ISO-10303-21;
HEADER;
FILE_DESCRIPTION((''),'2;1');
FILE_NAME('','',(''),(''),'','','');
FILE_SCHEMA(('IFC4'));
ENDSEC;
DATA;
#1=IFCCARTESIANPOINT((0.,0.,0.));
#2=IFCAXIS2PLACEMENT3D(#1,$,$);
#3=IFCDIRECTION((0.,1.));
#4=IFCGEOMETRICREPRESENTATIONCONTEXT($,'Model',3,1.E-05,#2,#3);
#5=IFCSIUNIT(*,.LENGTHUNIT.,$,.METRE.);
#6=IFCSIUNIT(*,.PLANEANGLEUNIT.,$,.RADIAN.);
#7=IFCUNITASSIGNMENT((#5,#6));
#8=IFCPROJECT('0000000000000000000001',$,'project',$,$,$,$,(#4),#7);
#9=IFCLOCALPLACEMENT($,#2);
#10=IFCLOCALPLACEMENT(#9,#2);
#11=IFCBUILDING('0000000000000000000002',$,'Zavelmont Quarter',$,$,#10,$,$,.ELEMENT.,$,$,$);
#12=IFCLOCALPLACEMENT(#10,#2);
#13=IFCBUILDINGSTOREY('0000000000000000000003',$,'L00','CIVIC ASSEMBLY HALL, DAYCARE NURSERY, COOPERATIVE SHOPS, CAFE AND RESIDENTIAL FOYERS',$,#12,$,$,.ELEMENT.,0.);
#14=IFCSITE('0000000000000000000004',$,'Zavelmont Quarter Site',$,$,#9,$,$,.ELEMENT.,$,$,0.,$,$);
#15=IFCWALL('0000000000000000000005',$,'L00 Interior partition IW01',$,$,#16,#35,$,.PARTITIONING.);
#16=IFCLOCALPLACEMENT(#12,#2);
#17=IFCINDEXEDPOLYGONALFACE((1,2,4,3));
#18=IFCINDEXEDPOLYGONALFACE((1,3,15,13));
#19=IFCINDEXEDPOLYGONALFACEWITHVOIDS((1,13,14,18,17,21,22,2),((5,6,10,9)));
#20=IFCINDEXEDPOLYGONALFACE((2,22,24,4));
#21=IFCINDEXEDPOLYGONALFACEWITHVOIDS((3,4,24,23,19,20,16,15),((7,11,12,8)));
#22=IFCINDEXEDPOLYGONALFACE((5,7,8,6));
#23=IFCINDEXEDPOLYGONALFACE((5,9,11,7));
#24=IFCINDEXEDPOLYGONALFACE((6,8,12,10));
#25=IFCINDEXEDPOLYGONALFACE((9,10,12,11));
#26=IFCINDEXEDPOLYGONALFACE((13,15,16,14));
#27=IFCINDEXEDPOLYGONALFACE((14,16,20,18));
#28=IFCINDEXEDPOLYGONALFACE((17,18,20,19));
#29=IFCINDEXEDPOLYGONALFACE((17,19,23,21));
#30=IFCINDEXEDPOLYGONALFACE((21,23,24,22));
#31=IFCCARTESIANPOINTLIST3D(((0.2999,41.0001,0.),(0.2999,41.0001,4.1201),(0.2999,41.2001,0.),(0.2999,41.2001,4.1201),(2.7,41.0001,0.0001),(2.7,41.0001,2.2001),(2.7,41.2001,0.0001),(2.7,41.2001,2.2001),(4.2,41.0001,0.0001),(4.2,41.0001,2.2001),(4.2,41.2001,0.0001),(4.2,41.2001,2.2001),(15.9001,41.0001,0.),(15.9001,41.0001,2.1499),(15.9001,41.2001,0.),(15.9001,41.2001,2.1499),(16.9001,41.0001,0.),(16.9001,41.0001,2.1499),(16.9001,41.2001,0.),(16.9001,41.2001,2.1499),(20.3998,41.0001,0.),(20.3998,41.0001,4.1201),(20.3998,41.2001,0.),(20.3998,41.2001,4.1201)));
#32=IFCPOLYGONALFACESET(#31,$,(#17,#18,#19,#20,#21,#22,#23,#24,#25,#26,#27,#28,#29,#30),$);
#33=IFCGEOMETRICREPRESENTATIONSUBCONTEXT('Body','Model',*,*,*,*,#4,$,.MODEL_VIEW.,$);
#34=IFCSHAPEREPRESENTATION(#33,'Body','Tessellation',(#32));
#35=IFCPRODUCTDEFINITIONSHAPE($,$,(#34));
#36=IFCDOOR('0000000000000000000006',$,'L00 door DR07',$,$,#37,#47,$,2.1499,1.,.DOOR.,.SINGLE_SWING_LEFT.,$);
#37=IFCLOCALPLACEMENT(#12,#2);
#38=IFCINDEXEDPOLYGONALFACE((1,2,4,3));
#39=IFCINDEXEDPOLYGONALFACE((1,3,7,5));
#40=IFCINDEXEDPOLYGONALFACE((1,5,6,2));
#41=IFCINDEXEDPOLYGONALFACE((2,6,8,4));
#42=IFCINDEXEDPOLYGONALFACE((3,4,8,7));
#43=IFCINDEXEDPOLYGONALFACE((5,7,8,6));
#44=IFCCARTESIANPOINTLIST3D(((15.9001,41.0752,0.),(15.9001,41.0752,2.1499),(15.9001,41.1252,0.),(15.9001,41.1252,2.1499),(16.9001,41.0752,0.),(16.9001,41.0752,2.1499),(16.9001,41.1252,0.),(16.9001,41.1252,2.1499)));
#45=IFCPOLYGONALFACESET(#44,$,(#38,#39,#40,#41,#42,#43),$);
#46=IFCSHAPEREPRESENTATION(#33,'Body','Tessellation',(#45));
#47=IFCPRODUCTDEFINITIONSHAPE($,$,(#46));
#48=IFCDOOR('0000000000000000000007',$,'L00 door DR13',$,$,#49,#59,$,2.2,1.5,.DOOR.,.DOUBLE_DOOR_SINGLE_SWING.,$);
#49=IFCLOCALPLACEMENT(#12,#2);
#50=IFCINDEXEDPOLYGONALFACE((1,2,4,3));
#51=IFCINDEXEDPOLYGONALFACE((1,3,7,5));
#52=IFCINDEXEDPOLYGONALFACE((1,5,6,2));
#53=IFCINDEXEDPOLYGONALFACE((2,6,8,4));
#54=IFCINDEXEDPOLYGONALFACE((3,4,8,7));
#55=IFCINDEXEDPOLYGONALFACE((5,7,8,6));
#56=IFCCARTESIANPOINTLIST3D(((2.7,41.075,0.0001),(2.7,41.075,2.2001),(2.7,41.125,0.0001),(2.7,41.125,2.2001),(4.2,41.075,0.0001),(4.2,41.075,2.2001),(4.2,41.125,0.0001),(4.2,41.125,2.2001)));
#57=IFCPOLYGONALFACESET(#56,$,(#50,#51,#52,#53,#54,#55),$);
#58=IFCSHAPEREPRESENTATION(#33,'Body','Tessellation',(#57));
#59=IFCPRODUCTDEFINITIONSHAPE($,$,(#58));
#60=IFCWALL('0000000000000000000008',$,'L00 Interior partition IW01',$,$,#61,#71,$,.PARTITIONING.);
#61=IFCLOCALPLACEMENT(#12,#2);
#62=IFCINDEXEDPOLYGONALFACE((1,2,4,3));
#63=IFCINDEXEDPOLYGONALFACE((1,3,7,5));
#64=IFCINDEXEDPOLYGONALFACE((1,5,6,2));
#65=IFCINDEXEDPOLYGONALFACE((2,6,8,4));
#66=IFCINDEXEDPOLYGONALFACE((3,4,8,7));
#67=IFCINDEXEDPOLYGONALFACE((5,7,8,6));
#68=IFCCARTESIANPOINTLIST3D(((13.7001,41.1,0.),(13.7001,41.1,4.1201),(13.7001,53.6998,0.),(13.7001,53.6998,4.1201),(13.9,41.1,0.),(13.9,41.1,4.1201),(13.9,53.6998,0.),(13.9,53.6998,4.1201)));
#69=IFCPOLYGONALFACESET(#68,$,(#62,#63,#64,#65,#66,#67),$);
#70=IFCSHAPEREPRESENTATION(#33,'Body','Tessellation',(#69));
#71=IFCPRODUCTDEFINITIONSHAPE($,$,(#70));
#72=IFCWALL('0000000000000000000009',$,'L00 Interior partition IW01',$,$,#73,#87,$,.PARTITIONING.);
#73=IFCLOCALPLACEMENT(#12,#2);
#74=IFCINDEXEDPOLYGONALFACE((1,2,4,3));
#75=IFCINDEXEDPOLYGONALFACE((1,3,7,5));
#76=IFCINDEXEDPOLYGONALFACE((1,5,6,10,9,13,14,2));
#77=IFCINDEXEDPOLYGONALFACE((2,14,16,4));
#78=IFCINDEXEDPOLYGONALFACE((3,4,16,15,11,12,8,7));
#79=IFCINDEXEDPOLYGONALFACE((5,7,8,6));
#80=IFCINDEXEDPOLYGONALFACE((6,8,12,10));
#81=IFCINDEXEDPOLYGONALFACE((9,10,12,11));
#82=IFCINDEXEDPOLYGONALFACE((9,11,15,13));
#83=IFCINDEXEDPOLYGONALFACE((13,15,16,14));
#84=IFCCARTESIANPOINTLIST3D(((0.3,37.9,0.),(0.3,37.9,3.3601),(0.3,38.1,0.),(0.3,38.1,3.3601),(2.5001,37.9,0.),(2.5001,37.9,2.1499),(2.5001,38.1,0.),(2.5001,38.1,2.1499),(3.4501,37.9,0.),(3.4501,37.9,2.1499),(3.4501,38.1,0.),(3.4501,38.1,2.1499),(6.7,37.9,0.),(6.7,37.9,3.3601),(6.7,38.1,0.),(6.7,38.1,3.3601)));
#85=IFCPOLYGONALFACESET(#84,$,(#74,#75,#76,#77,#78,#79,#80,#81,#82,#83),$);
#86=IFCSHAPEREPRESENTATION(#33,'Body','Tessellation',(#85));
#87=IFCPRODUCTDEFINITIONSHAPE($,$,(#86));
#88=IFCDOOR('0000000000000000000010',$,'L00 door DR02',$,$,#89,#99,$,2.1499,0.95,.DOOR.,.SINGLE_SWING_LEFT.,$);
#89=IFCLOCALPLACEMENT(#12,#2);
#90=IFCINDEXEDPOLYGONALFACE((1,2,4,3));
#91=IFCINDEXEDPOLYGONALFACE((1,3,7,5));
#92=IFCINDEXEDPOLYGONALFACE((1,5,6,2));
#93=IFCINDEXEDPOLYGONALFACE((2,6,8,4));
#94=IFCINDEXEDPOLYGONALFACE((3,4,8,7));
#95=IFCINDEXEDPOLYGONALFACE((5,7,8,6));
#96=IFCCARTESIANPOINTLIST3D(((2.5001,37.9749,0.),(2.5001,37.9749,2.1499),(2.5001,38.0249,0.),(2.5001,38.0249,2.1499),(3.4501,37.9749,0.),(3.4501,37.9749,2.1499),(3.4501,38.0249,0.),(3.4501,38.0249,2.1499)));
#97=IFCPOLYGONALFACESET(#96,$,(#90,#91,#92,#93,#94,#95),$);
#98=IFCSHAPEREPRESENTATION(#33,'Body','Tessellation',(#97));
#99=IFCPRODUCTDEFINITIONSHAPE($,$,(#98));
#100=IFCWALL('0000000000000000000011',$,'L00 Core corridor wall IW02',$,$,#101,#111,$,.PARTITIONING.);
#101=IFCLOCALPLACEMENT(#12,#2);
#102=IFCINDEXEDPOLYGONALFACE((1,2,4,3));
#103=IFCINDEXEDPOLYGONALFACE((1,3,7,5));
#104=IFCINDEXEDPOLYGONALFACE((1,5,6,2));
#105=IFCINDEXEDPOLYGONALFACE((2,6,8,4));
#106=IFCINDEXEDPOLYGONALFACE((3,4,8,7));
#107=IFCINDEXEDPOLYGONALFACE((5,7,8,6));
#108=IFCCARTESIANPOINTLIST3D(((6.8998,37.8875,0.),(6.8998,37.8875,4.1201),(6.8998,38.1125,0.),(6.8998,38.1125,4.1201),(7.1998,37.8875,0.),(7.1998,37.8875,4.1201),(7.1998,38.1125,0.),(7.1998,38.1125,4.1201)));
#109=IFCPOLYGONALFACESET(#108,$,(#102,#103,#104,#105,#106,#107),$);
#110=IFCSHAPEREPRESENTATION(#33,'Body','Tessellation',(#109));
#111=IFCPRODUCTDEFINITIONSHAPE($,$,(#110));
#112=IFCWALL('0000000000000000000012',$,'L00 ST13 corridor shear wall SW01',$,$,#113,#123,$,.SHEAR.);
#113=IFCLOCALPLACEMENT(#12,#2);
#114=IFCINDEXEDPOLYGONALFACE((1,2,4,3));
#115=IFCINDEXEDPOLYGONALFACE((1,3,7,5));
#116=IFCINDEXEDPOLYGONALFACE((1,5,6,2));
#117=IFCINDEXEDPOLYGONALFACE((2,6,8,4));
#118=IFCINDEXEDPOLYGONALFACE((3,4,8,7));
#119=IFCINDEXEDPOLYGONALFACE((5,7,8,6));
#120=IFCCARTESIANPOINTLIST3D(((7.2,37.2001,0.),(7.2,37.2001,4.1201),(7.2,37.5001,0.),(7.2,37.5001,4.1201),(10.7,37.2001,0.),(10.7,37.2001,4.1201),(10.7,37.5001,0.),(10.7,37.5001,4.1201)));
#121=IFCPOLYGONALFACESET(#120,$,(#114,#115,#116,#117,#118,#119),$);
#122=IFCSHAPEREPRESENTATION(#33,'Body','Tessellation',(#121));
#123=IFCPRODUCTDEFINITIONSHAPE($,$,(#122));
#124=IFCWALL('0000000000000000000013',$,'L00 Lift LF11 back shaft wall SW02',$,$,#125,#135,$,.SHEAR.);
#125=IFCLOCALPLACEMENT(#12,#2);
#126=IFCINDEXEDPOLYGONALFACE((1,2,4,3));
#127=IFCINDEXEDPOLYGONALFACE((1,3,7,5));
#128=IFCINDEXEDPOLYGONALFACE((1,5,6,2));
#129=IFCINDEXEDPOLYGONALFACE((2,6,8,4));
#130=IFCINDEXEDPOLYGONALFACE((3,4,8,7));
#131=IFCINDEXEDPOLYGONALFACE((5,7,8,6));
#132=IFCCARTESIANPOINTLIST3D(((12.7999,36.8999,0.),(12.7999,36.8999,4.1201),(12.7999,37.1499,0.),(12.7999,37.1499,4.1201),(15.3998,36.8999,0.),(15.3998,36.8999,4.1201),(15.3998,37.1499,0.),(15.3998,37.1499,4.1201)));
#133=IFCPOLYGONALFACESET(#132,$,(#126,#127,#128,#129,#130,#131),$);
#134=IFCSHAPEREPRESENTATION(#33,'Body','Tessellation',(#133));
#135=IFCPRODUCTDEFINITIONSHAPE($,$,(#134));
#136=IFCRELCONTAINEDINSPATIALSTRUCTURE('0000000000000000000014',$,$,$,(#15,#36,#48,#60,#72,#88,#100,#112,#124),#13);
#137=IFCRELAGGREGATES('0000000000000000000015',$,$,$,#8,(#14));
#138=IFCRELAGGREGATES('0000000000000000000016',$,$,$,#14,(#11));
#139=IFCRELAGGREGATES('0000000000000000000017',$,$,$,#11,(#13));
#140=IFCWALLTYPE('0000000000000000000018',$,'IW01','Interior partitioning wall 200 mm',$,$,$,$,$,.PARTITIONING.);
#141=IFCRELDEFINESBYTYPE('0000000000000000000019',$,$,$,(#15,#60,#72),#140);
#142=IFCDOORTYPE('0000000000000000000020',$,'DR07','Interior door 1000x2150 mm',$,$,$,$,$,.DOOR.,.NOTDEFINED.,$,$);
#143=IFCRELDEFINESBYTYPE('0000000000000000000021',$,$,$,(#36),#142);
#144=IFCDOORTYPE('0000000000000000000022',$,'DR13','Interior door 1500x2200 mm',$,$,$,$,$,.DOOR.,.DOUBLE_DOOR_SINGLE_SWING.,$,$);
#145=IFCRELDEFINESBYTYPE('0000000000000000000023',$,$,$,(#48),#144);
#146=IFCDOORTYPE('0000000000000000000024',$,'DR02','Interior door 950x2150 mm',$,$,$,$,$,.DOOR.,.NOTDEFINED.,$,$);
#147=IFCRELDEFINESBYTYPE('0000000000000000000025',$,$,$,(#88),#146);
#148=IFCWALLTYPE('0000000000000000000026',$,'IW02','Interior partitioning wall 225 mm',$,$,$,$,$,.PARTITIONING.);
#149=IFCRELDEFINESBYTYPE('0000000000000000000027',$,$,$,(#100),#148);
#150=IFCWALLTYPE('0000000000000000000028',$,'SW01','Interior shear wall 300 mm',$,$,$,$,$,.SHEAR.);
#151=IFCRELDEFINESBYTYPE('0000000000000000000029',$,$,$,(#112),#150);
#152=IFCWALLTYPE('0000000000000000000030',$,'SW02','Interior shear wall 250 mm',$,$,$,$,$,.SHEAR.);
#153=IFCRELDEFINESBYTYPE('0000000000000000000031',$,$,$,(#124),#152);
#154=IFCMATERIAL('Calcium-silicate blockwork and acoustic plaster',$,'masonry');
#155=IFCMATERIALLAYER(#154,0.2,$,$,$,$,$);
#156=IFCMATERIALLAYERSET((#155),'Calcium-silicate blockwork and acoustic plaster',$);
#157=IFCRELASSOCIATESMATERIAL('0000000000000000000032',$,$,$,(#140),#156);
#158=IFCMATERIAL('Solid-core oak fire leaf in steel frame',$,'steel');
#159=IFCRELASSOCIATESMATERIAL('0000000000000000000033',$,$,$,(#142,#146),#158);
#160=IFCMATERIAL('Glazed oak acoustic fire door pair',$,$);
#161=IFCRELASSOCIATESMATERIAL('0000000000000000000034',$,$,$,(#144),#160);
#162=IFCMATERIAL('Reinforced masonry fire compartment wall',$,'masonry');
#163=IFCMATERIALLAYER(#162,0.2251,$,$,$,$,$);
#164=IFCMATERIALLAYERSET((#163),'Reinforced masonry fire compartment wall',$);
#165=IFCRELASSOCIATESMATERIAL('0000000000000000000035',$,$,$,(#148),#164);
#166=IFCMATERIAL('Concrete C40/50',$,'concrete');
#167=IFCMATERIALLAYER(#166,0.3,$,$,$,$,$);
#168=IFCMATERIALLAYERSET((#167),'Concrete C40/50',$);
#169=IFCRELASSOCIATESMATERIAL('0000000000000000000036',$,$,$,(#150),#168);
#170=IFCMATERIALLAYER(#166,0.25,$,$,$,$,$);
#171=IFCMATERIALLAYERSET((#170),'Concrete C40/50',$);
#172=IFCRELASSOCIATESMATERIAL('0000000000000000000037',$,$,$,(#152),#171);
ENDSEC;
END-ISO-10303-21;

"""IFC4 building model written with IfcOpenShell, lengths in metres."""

from ifc_helpers import new_model, si_unit, direction, frame, frame_2d, origin, origin_with_axes, place, context, subcontext, project, spatial, rectangle, extrude, material, layer, layer_set, type_object, element, fill, save


model = new_model("IFC4")

# Units and contexts
model_context = context("Model", 3, precision=1e-05, world=origin(), true_north=direction((0.0, 1.0)))
body_context = subcontext(model_context, "Body", "Model", "MODEL_VIEW")
ifc_project = project(units=[si_unit("LENGTHUNIT", "METRE"), si_unit("PLANEANGLEUNIT", "RADIAN")], contexts=[model_context])

# Site, building, storey
site_placement = place(None, origin())
site = spatial("IfcSite", under=ifc_project, at=site_placement, Name="Zavelmont Quarter Site", CompositionType="ELEMENT", RefElevation=0.0)
building_placement = place(site_placement, origin())
building = spatial("IfcBuilding", under=site, at=building_placement, Name="Zavelmont Quarter", CompositionType="ELEMENT")
storey_placement = place(building_placement, origin())
storey = spatial("IfcBuildingStorey", under=building, at=storey_placement, Name="L00", Description="CIVIC ASSEMBLY HALL, DAYCARE NURSERY, COOPERATIVE SHOPS, CAFE AND RESIDENTIAL FOYERS", CompositionType="ELEMENT", Elevation=0.0)

# Shared definitions
ifc_material_1 = material(Name="Concrete C40/50", Category="concrete")

# Wall, openings, doors
ifc_material_2 = material(Name="Calcium-silicate blockwork and acoustic plaster", Category="masonry")
ifc_layer_1 = layer(ifc_material_2, 0.2)
ifc_layer_set_1 = layer_set([ifc_layer_1], Name="Calcium-silicate blockwork and acoustic plaster")
wall_type_1 = type_object("IfcWallType", Name="IW01", Description="Interior partitioning wall 200 mm", PredefinedType="PARTITIONING", material=ifc_layer_set_1)
wall_1_placement = place(storey_placement, frame((0.3, 41.1001, 0.0), z_axis=(0.0, 0.0, 1.0), x_axis=(1.0, 0.0, 0.0)))
wall_1 = element("IfcWall", 1, at=wall_1_placement, inside=storey, type_object=wall_type_1, Name="L00 Interior partition IW01", PredefinedType="PARTITIONING", context=body_context, shape_type="SweptSolid", body=[
    extrude(rectangle(XDim=20.0999, YDim=0.2, at=frame_2d((10.0498, 0.0))), origin(), (0.0, 0.0, 1.0), 4.1201),
])
opening_1_placement = place(wall_1_placement, frame((2.3999, 0.0, 0.0)))
opening_1 = element("IfcOpeningElement", 2, at=opening_1_placement, cuts=wall_1, PredefinedType="OPENING", context=body_context, shape_type="SweptSolid", body=[
    extrude(rectangle(XDim=1.5, YDim=2.2, at=frame_2d((0.75, 1.1001))), frame((0.0, 0.1118, 0.0), z_axis=(0.0, -1.0, 0.0), x_axis=(1.0, 0.0, 0.0)), (0.0, 0.0, 1.0), 0.2239),
])
opening_2_placement = place(wall_1_placement, frame((15.6001, 0.0, 0.0)))
opening_2 = element("IfcOpeningElement", 3, at=opening_2_placement, cuts=wall_1, PredefinedType="OPENING", context=body_context, shape_type="SweptSolid", body=[
    extrude(rectangle(XDim=1.0, YDim=2.1499, at=frame_2d((0.5, 1.075))), frame((0.0, 0.1118, 0.0), z_axis=(0.0, -1.0, 0.0), x_axis=(1.0, 0.0, 0.0)), (0.0, 0.0, 1.0), 0.2239),
])
ifc_material_3 = material(Name="Solid-core oak fire leaf in steel frame", Category="steel")
door_type_1 = type_object("IfcDoorType", Name="DR07", Description="Interior door 1000x2150 mm", OperationType="NOTDEFINED", PredefinedType="DOOR", material=ifc_material_3)
door_1_placement = place(opening_2_placement, frame((1.0, 0.0, 0.0), z_axis=(0.0, 0.0, 1.0), x_axis=(-1.0, 0.0, 0.0)))
door_1 = element("IfcDoor", 4, at=door_1_placement, inside=storey, type_object=door_type_1, Name="L00 door DR07", OperationType="SINGLE_SWING_LEFT", OverallHeight=2.1499, OverallWidth=1.0, PredefinedType="DOOR", context=body_context, shape_type="SweptSolid", body=[
    extrude(rectangle(XDim=1.0, YDim=2.1499, at=frame_2d((0.5, 1.075))), frame((0.0, 0.0249, 0.0), z_axis=(0.0, -1.0, 0.0), x_axis=(1.0, 0.0, 0.0)), (0.0, 0.0, 1.0), 0.05),
])
fill(opening_2, door_1)
ifc_material_4 = material(Name="Glazed oak acoustic fire door pair")
door_type_2 = type_object("IfcDoorType", Name="DR13", Description="Interior door 1500x2200 mm", OperationType="DOUBLE_DOOR_SINGLE_SWING", PredefinedType="DOOR", material=ifc_material_4)
door_2_placement = place(opening_1_placement, origin_with_axes())
door_2 = element("IfcDoor", 5, at=door_2_placement, inside=storey, type_object=door_type_2, Name="L00 door DR13", OperationType="DOUBLE_DOOR_SINGLE_SWING", OverallHeight=2.2, OverallWidth=1.5, PredefinedType="DOOR", context=body_context, shape_type="SweptSolid", body=[
    extrude(rectangle(XDim=1.5, YDim=2.2, at=frame_2d((0.75, 1.1001))), frame((0.0, 0.0249, 0.0), z_axis=(0.0, -1.0, 0.0), x_axis=(1.0, 0.0, 0.0)), (0.0, 0.0, 1.0), 0.05),
])
fill(opening_1, door_2)

# Wall
wall_2_placement = place(storey_placement, frame((13.8, 41.1001, 0.0), z_axis=(0.0, 0.0, 1.0), x_axis=(0.0, 1.0, 0.0)))
element("IfcWall", 6, at=wall_2_placement, inside=storey, type_object=wall_type_1, Name="L00 Interior partition IW01", PredefinedType="PARTITIONING", context=body_context, shape_type="SweptSolid", body=[
    extrude(rectangle(XDim=12.5999, YDim=0.2, at=frame_2d((6.2998, 0.0))), origin(), (0.0, 0.0, 1.0), 4.1201),
])

# Wall, opening, door
wall_3_placement = place(storey_placement, frame((0.3, 38.0, 0.0), z_axis=(0.0, 0.0, 1.0), x_axis=(1.0, 0.0, 0.0)))
wall_3 = element("IfcWall", 7, at=wall_3_placement, inside=storey, type_object=wall_type_1, Name="L00 Interior partition IW01", PredefinedType="PARTITIONING", context=body_context, shape_type="SweptSolid", body=[
    extrude(rectangle(XDim=6.3999, YDim=0.2, at=frame_2d((3.2, 0.0))), origin(), (0.0, 0.0, 1.0), 3.3601),
])
opening_3_placement = place(wall_3_placement, frame((2.2, 0.0, 0.0)))
opening_3 = element("IfcOpeningElement", 8, at=opening_3_placement, cuts=wall_3, PredefinedType="OPENING", context=body_context, shape_type="SweptSolid", body=[
    extrude(rectangle(XDim=0.95, YDim=2.1499, at=frame_2d((0.4751, 1.075))), frame((0.0, 0.1118, 0.0), z_axis=(0.0, -1.0, 0.0), x_axis=(1.0, 0.0, 0.0)), (0.0, 0.0, 1.0), 0.2239),
])
door_type_3 = type_object("IfcDoorType", Name="DR02", Description="Interior door 950x2150 mm", OperationType="NOTDEFINED", PredefinedType="DOOR", material=ifc_material_3)
door_3_placement = place(opening_3_placement, origin_with_axes())
door_3 = element("IfcDoor", 9, at=door_3_placement, inside=storey, type_object=door_type_3, Name="L00 door DR02", OperationType="SINGLE_SWING_LEFT", OverallHeight=2.1499, OverallWidth=0.95, PredefinedType="DOOR", context=body_context, shape_type="SweptSolid", body=[
    extrude(rectangle(XDim=0.95, YDim=2.1499, at=frame_2d((0.4751, 1.075))), frame((0.0, 0.0249, 0.0), z_axis=(0.0, -1.0, 0.0), x_axis=(1.0, 0.0, 0.0)), (0.0, 0.0, 1.0), 0.05),
])
fill(opening_3, door_3)

# Wall
ifc_material_5 = material(Name="Reinforced masonry fire compartment wall", Category="masonry")
ifc_layer_2 = layer(ifc_material_5, 0.2251)
ifc_layer_set_2 = layer_set([ifc_layer_2], Name="Reinforced masonry fire compartment wall")
wall_type_2 = type_object("IfcWallType", Name="IW02", Description="Interior partitioning wall 225 mm", PredefinedType="PARTITIONING", material=ifc_layer_set_2)
wall_4_placement = place(storey_placement, frame((6.8999, 38.0, 0.0), z_axis=(0.0, 0.0, 1.0), x_axis=(1.0, 0.0, 0.0)))
element("IfcWall", 10, at=wall_4_placement, inside=storey, type_object=wall_type_2, Name="L00 Core corridor wall IW02", PredefinedType="PARTITIONING", context=body_context, shape_type="SweptSolid", body=[
    extrude(rectangle(XDim=0.3, YDim=0.2251, at=frame_2d((0.1499, 0.0))), origin(), (0.0, 0.0, 1.0), 4.1201),
])

# Walls
ifc_layer_3 = layer(ifc_material_1, 0.3)
ifc_layer_set_3 = layer_set([ifc_layer_3], Name="Concrete C40/50")
wall_type_3 = type_object("IfcWallType", Name="SW01", Description="Interior shear wall 300 mm", PredefinedType="SHEAR", material=ifc_layer_set_3)
wall_5_placement = place(storey_placement, frame((7.2, 37.3501, 0.0), z_axis=(0.0, 0.0, 1.0), x_axis=(1.0, 0.0, 0.0)))
element("IfcWall", 11, at=wall_5_placement, inside=storey, type_object=wall_type_3, Name="L00 ST13 corridor shear wall SW01", PredefinedType="SHEAR", context=body_context, shape_type="SweptSolid", body=[
    extrude(rectangle(XDim=3.5, YDim=0.3, at=frame_2d((1.75, 0.0))), origin(), (0.0, 0.0, 1.0), 4.1201),
])
ifc_layer_4 = layer(ifc_material_1, 0.25)
ifc_layer_set_4 = layer_set([ifc_layer_4], Name="Concrete C40/50")
wall_type_4 = type_object("IfcWallType", Name="SW02", Description="Interior shear wall 250 mm", PredefinedType="SHEAR", material=ifc_layer_set_4)
wall_6_placement = place(storey_placement, frame((12.8, 37.0249, 0.0), z_axis=(0.0, 0.0, 1.0), x_axis=(1.0, 0.0, 0.0)))
element("IfcWall", 12, at=wall_6_placement, inside=storey, type_object=wall_type_4, Name="L00 Lift LF11 back shaft wall SW02", PredefinedType="SHEAR", context=body_context, shape_type="SweptSolid", body=[
    extrude(rectangle(XDim=2.5999, YDim=0.25, at=frame_2d((1.2998, 0.0))), origin(), (0.0, 0.0, 1.0), 4.1201),
])

save(model, "model.ifc")
